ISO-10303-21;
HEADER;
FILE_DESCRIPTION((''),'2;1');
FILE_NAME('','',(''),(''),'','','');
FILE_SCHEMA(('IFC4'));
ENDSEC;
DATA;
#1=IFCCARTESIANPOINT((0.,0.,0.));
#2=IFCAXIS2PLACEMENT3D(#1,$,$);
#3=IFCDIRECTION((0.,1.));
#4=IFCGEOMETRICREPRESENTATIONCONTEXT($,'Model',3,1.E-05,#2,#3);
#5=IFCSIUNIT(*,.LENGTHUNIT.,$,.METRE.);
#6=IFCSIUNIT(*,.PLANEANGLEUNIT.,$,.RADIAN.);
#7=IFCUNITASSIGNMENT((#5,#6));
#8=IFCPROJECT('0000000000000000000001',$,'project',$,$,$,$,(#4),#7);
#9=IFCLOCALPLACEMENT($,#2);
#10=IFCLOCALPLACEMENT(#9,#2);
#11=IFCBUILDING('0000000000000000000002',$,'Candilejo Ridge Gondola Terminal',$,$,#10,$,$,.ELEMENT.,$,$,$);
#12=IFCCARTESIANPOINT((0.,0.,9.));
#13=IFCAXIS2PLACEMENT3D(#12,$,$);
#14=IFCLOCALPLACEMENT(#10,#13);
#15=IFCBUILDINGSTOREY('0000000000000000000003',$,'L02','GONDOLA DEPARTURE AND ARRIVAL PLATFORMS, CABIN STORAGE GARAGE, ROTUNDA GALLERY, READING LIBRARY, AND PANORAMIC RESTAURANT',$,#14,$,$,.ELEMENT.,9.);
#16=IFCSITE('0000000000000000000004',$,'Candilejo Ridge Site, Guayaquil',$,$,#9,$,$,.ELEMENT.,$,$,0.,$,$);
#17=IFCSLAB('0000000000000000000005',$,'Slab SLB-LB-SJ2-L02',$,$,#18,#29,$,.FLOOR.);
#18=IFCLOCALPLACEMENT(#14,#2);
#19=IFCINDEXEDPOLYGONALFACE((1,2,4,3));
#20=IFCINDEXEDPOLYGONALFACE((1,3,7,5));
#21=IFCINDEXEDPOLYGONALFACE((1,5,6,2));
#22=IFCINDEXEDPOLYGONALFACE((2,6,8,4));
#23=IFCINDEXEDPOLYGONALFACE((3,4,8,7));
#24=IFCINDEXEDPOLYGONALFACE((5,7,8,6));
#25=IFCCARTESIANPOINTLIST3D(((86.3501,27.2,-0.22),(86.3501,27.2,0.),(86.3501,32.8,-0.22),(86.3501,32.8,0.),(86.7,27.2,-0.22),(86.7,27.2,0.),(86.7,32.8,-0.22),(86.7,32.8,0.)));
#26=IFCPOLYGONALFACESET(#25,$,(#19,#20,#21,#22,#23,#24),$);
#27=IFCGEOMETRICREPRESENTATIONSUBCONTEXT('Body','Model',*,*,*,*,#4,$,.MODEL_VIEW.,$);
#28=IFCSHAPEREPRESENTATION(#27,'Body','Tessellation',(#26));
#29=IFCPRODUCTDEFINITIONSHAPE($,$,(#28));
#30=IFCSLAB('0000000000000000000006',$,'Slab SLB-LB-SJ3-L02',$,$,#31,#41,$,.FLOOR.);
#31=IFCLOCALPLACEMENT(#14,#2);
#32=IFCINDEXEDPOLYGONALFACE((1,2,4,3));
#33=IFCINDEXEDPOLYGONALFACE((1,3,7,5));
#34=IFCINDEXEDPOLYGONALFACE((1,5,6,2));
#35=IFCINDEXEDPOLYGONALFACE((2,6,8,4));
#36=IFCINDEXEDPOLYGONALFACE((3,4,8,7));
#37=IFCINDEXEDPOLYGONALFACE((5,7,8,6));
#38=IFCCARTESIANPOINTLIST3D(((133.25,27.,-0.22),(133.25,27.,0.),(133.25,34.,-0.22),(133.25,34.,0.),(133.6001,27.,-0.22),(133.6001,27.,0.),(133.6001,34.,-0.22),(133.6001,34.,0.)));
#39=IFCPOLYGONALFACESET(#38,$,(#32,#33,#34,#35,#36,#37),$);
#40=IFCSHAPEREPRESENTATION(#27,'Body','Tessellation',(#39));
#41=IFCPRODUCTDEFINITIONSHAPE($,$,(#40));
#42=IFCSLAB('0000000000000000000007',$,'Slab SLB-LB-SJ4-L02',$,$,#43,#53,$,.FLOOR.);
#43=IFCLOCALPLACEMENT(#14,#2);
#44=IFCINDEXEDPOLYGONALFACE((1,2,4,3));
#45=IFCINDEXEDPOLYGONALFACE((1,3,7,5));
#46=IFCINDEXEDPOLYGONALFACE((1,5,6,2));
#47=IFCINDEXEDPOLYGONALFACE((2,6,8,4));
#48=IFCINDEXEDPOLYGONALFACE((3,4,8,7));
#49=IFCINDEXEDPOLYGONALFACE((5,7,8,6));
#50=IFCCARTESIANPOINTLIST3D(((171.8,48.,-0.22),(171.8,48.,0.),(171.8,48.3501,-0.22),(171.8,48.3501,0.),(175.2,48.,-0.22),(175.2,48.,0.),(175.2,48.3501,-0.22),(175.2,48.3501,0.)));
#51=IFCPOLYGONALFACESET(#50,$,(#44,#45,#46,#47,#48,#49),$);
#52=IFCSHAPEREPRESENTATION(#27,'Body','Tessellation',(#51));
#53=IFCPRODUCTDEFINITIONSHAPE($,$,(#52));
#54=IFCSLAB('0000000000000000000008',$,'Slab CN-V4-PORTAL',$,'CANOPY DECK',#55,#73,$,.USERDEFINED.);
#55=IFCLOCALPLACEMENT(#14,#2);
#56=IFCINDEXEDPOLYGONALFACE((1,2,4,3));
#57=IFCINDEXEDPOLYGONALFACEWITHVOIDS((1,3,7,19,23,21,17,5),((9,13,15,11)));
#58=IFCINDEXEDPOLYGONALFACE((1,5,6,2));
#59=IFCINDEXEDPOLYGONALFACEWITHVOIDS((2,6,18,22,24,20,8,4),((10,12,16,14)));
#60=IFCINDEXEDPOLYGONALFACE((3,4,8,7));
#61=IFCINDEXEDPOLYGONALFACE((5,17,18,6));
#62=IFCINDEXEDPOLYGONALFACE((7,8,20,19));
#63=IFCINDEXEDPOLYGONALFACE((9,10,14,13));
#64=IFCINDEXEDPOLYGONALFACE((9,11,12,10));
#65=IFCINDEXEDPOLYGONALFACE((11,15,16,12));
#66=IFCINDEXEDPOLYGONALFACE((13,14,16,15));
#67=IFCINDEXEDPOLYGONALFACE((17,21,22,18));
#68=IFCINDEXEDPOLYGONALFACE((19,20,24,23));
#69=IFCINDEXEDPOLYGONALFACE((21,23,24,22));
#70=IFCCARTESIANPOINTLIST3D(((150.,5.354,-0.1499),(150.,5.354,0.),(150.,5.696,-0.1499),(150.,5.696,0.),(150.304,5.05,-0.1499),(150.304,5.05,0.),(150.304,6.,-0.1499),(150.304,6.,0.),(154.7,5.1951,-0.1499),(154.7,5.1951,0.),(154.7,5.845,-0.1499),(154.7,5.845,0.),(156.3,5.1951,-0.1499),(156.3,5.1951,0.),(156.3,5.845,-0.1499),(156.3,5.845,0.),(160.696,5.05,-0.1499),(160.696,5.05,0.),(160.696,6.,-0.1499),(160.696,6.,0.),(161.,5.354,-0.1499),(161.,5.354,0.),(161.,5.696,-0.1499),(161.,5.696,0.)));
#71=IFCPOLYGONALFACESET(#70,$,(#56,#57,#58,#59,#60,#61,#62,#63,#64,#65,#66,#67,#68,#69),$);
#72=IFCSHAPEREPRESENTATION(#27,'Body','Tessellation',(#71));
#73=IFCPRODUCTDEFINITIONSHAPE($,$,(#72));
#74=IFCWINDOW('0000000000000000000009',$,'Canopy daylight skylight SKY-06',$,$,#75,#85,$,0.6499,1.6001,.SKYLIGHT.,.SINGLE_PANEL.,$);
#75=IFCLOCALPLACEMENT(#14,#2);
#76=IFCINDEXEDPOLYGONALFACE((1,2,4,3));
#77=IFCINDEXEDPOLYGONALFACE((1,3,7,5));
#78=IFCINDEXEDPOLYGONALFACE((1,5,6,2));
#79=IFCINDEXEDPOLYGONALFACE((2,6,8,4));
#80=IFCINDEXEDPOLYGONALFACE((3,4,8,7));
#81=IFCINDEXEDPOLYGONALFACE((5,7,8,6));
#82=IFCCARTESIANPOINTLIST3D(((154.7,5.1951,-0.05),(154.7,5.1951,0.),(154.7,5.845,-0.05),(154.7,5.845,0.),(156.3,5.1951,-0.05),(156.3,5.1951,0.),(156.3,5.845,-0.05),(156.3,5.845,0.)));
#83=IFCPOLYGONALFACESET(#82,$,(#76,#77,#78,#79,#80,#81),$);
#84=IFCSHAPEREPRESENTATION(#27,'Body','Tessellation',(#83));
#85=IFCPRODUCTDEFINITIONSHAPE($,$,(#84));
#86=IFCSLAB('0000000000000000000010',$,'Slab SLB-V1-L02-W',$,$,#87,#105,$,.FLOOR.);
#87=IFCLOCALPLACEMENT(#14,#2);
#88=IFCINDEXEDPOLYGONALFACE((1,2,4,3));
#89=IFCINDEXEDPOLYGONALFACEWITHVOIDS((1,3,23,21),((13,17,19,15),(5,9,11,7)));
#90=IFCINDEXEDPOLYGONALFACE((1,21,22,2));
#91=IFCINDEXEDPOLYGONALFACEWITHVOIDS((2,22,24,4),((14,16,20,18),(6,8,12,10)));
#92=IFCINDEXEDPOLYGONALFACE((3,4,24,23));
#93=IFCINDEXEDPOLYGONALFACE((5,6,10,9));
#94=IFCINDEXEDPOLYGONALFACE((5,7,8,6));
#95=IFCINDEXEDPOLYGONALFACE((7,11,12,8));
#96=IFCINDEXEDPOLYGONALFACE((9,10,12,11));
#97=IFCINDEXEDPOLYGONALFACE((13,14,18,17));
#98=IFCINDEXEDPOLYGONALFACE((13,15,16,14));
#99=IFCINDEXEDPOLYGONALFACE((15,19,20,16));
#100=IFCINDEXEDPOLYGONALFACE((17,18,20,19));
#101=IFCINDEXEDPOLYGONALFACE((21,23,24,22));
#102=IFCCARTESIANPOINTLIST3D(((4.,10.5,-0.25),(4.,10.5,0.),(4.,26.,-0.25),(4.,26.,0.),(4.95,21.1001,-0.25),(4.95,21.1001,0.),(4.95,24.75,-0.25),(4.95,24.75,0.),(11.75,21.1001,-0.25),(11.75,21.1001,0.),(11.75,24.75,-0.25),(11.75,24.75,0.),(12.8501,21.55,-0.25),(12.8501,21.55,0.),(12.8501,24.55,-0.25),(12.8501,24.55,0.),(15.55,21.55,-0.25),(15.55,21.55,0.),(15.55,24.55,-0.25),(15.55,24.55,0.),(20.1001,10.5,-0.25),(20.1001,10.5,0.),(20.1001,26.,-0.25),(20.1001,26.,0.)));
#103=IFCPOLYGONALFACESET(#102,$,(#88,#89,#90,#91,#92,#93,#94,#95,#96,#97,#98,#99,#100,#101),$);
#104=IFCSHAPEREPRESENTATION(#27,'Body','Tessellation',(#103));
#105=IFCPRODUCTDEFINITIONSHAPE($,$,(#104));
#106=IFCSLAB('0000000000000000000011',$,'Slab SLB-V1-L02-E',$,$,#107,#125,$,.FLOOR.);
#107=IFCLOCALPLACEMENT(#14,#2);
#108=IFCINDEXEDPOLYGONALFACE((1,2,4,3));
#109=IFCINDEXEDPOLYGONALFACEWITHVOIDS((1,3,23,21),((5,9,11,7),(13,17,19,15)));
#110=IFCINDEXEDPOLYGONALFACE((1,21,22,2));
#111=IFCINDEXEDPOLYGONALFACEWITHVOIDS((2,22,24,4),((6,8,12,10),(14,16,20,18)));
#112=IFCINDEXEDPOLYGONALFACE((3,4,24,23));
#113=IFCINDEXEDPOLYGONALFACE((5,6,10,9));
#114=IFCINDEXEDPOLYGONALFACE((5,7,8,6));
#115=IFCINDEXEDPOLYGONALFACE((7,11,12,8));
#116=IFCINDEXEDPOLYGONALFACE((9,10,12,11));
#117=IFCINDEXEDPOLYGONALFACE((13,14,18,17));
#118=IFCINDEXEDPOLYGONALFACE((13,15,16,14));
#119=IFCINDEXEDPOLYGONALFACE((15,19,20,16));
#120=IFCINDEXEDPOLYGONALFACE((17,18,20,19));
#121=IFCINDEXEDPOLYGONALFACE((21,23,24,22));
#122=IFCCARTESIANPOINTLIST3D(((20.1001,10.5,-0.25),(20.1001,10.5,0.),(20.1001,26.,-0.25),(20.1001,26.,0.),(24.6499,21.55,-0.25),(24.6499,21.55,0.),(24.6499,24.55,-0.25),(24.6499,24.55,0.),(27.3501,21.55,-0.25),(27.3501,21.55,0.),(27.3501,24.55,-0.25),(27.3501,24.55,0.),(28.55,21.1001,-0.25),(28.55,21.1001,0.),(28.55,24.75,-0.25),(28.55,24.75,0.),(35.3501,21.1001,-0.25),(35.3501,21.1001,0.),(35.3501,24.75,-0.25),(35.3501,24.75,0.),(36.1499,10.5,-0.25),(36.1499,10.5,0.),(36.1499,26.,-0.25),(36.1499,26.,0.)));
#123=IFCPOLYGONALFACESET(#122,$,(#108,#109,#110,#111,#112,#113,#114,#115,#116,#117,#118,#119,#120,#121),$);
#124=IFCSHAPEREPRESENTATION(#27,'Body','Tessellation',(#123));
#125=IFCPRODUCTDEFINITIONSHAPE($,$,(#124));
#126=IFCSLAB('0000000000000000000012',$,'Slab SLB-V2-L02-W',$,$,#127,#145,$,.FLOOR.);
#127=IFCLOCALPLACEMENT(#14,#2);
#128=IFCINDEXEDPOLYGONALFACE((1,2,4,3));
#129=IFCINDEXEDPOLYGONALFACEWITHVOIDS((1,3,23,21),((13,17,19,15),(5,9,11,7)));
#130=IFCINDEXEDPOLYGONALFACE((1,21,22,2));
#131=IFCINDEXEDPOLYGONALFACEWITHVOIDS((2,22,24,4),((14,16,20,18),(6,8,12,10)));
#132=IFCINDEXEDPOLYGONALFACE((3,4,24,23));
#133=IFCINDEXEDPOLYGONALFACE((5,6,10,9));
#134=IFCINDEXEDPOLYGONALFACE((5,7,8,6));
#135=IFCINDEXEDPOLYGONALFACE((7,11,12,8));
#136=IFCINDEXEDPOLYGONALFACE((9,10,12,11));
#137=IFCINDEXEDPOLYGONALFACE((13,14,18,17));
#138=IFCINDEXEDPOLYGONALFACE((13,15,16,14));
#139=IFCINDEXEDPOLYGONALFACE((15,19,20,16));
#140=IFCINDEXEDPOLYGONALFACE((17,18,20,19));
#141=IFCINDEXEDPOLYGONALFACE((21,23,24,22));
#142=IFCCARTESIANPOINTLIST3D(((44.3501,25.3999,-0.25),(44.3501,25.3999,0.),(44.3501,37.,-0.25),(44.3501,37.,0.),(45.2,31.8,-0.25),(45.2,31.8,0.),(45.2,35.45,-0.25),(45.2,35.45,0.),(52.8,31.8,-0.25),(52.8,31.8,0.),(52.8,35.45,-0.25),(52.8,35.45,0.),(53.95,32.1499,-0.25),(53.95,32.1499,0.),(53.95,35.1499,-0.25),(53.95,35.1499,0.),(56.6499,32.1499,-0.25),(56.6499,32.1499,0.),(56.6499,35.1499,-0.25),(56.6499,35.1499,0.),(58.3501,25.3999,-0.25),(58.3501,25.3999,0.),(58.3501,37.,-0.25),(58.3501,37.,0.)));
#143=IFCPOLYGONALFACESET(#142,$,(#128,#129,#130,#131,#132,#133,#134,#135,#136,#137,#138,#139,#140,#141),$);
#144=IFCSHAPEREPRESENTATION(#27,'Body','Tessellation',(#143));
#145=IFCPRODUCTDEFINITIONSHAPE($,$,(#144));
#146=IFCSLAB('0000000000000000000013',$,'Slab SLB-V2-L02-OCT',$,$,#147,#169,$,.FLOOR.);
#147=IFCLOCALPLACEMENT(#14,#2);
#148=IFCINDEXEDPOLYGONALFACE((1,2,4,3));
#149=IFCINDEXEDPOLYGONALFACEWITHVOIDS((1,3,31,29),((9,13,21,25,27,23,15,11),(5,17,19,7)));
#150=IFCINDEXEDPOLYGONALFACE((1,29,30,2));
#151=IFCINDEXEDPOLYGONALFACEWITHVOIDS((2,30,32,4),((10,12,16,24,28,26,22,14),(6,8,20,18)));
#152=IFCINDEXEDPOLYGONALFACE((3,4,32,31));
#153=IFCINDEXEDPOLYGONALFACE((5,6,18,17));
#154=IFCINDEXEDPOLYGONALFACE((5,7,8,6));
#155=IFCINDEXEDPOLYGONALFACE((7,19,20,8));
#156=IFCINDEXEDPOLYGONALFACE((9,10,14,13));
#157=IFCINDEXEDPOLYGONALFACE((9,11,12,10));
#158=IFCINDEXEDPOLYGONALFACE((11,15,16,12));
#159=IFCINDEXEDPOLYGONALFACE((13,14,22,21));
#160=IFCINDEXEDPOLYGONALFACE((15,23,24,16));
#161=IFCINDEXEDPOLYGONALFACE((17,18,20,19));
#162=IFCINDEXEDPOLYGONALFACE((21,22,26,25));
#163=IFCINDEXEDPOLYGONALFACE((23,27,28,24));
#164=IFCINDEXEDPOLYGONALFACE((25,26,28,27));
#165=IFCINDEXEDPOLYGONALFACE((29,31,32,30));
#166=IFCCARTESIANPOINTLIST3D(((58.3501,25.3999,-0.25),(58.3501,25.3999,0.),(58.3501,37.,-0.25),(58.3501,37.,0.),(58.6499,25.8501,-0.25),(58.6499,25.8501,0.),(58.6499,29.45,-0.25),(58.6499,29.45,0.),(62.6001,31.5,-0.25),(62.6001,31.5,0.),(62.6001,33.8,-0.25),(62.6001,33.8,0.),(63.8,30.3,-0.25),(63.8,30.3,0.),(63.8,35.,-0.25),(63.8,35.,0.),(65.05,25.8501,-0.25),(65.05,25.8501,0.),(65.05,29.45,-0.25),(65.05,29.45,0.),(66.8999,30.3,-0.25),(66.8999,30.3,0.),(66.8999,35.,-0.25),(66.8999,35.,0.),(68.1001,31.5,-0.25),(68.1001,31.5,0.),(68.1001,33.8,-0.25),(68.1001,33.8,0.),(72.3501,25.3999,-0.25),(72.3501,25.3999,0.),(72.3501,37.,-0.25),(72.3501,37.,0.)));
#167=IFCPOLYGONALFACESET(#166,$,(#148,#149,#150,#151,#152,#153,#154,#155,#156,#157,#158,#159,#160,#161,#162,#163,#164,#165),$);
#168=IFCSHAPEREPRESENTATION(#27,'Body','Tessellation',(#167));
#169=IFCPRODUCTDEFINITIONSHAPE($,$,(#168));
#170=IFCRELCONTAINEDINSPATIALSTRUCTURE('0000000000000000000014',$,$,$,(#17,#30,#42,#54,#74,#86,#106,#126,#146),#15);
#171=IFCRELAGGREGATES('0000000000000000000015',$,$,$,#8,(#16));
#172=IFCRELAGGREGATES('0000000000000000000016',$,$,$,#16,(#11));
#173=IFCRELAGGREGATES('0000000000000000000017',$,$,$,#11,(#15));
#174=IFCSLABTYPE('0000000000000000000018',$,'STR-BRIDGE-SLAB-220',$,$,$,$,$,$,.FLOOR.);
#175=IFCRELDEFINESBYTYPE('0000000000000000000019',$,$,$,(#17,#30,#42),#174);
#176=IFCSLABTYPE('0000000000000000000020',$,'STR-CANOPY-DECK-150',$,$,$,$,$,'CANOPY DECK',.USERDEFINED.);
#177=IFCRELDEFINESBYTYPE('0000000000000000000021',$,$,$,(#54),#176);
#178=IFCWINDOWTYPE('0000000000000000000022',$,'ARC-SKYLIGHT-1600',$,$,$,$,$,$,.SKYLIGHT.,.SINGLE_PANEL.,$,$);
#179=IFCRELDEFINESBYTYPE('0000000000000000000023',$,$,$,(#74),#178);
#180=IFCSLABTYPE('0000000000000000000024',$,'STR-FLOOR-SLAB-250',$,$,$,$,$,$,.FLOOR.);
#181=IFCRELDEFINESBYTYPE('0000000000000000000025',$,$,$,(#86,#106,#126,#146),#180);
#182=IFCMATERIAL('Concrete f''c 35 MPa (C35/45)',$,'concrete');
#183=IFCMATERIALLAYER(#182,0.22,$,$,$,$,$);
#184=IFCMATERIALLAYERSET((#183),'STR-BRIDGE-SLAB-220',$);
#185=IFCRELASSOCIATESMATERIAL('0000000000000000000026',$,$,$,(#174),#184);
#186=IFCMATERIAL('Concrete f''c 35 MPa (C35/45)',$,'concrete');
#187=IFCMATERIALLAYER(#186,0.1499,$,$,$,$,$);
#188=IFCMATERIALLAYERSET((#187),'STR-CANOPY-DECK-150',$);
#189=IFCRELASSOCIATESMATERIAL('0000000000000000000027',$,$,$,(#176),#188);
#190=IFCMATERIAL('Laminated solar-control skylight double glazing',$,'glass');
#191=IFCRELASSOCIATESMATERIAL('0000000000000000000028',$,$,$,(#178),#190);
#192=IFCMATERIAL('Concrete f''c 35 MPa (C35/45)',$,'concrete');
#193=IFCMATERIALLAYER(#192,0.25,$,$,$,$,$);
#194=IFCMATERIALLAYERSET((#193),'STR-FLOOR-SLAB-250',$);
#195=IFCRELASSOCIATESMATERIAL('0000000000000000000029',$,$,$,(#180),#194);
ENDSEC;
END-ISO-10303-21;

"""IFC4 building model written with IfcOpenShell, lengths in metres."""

from ifc_helpers import new_model, si_unit, direction, frame, origin, origin_2d, place, context, subcontext, project, spatial, polyline, rectangle, outline, extrude, material, layer, layer_set, type_object, element, fill, save


model = new_model("IFC4")

# Units and contexts
model_context = context("Model", 3, precision=1e-05, world=origin(), true_north=direction((0.0, 1.0)))
body_context = subcontext(model_context, "Body", "Model", "MODEL_VIEW")
ifc_project = project(units=[si_unit("LENGTHUNIT", "METRE"), si_unit("PLANEANGLEUNIT", "RADIAN")], contexts=[model_context])

# Site, building, storey
site_placement = place(None, origin())
site = spatial("IfcSite", under=ifc_project, at=site_placement, Name="Candilejo Ridge Site, Guayaquil", CompositionType="ELEMENT", RefElevation=0.0)
building_placement = place(site_placement, origin())
building = spatial("IfcBuilding", under=site, at=building_placement, Name="Candilejo Ridge Gondola Terminal", CompositionType="ELEMENT")
storey_placement = place(building_placement, frame((0.0, 0.0, 9.0)))
storey = spatial("IfcBuildingStorey", under=building, at=storey_placement, Name="L02", Description="GONDOLA DEPARTURE AND ARRIVAL PLATFORMS, CABIN STORAGE GARAGE, ROTUNDA GALLERY, READING LIBRARY, AND PANORAMIC RESTAURANT", CompositionType="ELEMENT", Elevation=9.0)

# Slabs
ifc_material_1 = material(Name="Concrete f'c 35 MPa (C35/45)", Category="concrete")
ifc_layer_1 = layer(ifc_material_1, 0.22)
ifc_layer_set_1 = layer_set([ifc_layer_1], Name="STR-BRIDGE-SLAB-220")
slab_type_1 = type_object("IfcSlabType", Name="STR-BRIDGE-SLAB-220", PredefinedType="FLOOR", material=ifc_layer_set_1)
slab_1_placement = place(storey_placement, frame((0.0, 0.0, -0.22)))
element("IfcSlab", 1, at=slab_1_placement, inside=storey, type_object=slab_type_1, Name="Slab SLB-LB-SJ2-L02", PredefinedType="FLOOR", context=body_context, shape_type="SweptSolid", body=[
    extrude(outline(polyline([(86.3501, 27.2), (86.7, 27.2), (86.7, 32.8), (86.3501, 32.8), (86.3501, 27.2)])), origin(), (0.0, 0.0, 1.0), 0.22),
])
slab_2_placement = place(storey_placement, frame((0.0, 0.0, -0.22)))
element("IfcSlab", 2, at=slab_2_placement, inside=storey, type_object=slab_type_1, Name="Slab SLB-LB-SJ3-L02", PredefinedType="FLOOR", context=body_context, shape_type="SweptSolid", body=[
    extrude(outline(polyline([(133.25, 27.0), (133.6001, 27.0), (133.6001, 34.0), (133.25, 34.0), (133.25, 27.0)])), origin(), (0.0, 0.0, 1.0), 0.22),
])
slab_3_placement = place(storey_placement, frame((0.0, 0.0, -0.22)))
element("IfcSlab", 3, at=slab_3_placement, inside=storey, type_object=slab_type_1, Name="Slab SLB-LB-SJ4-L02", PredefinedType="FLOOR", context=body_context, shape_type="SweptSolid", body=[
    extrude(outline(polyline([(171.8, 48.0), (175.2, 48.0), (175.2, 48.3501), (171.8, 48.3501), (171.8, 48.0)])), origin(), (0.0, 0.0, 1.0), 0.22),
])

# Slab, opening, window
ifc_material_2 = material(Name="Concrete f'c 35 MPa (C35/45)", Category="concrete")
ifc_layer_2 = layer(ifc_material_2, 0.1499)
ifc_layer_set_2 = layer_set([ifc_layer_2], Name="STR-CANOPY-DECK-150")
slab_type_2 = type_object("IfcSlabType", Name="STR-CANOPY-DECK-150", ElementType="CANOPY DECK", PredefinedType="USERDEFINED", material=ifc_layer_set_2)
slab_4_placement = place(storey_placement, frame((0.0, 0.0, -0.1499)))
slab_4 = element("IfcSlab", 4, at=slab_4_placement, inside=storey, type_object=slab_type_2, Name="Slab CN-V4-PORTAL", ObjectType="CANOPY DECK", PredefinedType="USERDEFINED", context=body_context, shape_type="SweptSolid", body=[
    extrude(outline(polyline([(150.304, 5.05), (160.696, 5.05), (161.0, 5.354), (161.0, 5.696), (160.696, 6.0), (150.304, 6.0), (150.0, 5.696), (150.0, 5.354), (150.304, 5.05)])), origin(), (0.0, 0.0, 1.0), 0.1499),
])
opening_placement = place(slab_4_placement, frame((155.5, 5.52, 0.0)))
opening = element("IfcOpeningElement", 5, at=opening_placement, cuts=slab_4, PredefinedType="OPENING", context=body_context, shape_type="SweptSolid", body=[
    extrude(rectangle(XDim=1.6001, YDim=0.6499, at=origin_2d()), origin(), (0.0, 0.0, 1.0), 0.1499),
])
ifc_material_3 = material(Name="Laminated solar-control skylight double glazing", Category="glass")
window_type = type_object("IfcWindowType", Name="ARC-SKYLIGHT-1600", PartitioningType="SINGLE_PANEL", PredefinedType="SKYLIGHT", material=ifc_material_3)
window_placement = place(opening_placement, frame((0.0, 0.0, 0.0999)))
window = element("IfcWindow", 6, at=window_placement, inside=storey, type_object=window_type, Name="Canopy daylight skylight SKY-06", OverallHeight=0.6499, OverallWidth=1.6001, PartitioningType="SINGLE_PANEL", PredefinedType="SKYLIGHT", context=body_context, shape_type="SweptSolid", body=[
    extrude(rectangle(XDim=1.6001, YDim=0.6499, at=origin_2d()), origin(), (0.0, 0.0, 1.0), 0.05),
])
fill(opening, window)

# Slabs
ifc_material_4 = material(Name="Concrete f'c 35 MPa (C35/45)", Category="concrete")
ifc_layer_3 = layer(ifc_material_4, 0.25)
ifc_layer_set_3 = layer_set([ifc_layer_3], Name="STR-FLOOR-SLAB-250")
slab_type_3 = type_object("IfcSlabType", Name="STR-FLOOR-SLAB-250", PredefinedType="FLOOR", material=ifc_layer_set_3)
slab_5_placement = place(storey_placement, frame((0.0, 0.0, -0.25)))
element("IfcSlab", 7, at=slab_5_placement, inside=storey, type_object=slab_type_3, Name="Slab SLB-V1-L02-W", PredefinedType="FLOOR", context=body_context, shape_type="SweptSolid", body=[
    extrude(outline(polyline([(4.0, 10.5), (20.1001, 10.5), (20.1001, 26.0), (4.0, 26.0), (4.0, 10.5)]), holes=[polyline([(4.95, 21.1001), (11.75, 21.1001), (11.75, 24.75), (4.95, 24.75), (4.95, 21.1001)]), polyline([(12.8501, 21.55), (15.55, 21.55), (15.55, 24.55), (12.8501, 24.55), (12.8501, 21.55)])]), origin(), (0.0, 0.0, 1.0), 0.25),
])
slab_6_placement = place(storey_placement, frame((0.0, 0.0, -0.25)))
element("IfcSlab", 8, at=slab_6_placement, inside=storey, type_object=slab_type_3, Name="Slab SLB-V1-L02-E", PredefinedType="FLOOR", context=body_context, shape_type="SweptSolid", body=[
    extrude(outline(polyline([(20.1001, 10.5), (36.1499, 10.5), (36.1499, 26.0), (20.1001, 26.0), (20.1001, 10.5)]), holes=[polyline([(28.55, 21.1001), (35.3501, 21.1001), (35.3501, 24.75), (28.55, 24.75), (28.55, 21.1001)]), polyline([(24.6499, 21.55), (27.3501, 21.55), (27.3501, 24.55), (24.6499, 24.55), (24.6499, 21.55)])]), origin(), (0.0, 0.0, 1.0), 0.25),
])
slab_7_placement = place(storey_placement, frame((0.0, 0.0, -0.25)))
element("IfcSlab", 9, at=slab_7_placement, inside=storey, type_object=slab_type_3, Name="Slab SLB-V2-L02-W", PredefinedType="FLOOR", context=body_context, shape_type="SweptSolid", body=[
    extrude(outline(polyline([(44.3501, 25.3999), (58.3501, 25.3999), (58.3501, 37.0), (44.3501, 37.0), (44.3501, 25.3999)]), holes=[polyline([(45.2, 31.8), (52.8, 31.8), (52.8, 35.45), (45.2, 35.45), (45.2, 31.8)]), polyline([(53.95, 32.1499), (56.6499, 32.1499), (56.6499, 35.1499), (53.95, 35.1499), (53.95, 32.1499)])]), origin(), (0.0, 0.0, 1.0), 0.25),
])
slab_8_placement = place(storey_placement, frame((0.0, 0.0, -0.25)))
element("IfcSlab", 10, at=slab_8_placement, inside=storey, type_object=slab_type_3, Name="Slab SLB-V2-L02-OCT", PredefinedType="FLOOR", context=body_context, shape_type="SweptSolid", body=[
    extrude(outline(polyline([(58.3501, 25.3999), (72.3501, 25.3999), (72.3501, 37.0), (58.3501, 37.0), (58.3501, 25.3999)]), holes=[polyline([(58.6499, 25.8501), (65.05, 25.8501), (65.05, 29.45), (58.6499, 29.45), (58.6499, 25.8501)]), polyline([(63.8, 30.3), (66.8999, 30.3), (68.1001, 31.5), (68.1001, 33.8), (66.8999, 35.0), (63.8, 35.0), (62.6001, 33.8), (62.6001, 31.5), (63.8, 30.3)])]), origin(), (0.0, 0.0, 1.0), 0.25),
])

save(model, "model.ifc")
